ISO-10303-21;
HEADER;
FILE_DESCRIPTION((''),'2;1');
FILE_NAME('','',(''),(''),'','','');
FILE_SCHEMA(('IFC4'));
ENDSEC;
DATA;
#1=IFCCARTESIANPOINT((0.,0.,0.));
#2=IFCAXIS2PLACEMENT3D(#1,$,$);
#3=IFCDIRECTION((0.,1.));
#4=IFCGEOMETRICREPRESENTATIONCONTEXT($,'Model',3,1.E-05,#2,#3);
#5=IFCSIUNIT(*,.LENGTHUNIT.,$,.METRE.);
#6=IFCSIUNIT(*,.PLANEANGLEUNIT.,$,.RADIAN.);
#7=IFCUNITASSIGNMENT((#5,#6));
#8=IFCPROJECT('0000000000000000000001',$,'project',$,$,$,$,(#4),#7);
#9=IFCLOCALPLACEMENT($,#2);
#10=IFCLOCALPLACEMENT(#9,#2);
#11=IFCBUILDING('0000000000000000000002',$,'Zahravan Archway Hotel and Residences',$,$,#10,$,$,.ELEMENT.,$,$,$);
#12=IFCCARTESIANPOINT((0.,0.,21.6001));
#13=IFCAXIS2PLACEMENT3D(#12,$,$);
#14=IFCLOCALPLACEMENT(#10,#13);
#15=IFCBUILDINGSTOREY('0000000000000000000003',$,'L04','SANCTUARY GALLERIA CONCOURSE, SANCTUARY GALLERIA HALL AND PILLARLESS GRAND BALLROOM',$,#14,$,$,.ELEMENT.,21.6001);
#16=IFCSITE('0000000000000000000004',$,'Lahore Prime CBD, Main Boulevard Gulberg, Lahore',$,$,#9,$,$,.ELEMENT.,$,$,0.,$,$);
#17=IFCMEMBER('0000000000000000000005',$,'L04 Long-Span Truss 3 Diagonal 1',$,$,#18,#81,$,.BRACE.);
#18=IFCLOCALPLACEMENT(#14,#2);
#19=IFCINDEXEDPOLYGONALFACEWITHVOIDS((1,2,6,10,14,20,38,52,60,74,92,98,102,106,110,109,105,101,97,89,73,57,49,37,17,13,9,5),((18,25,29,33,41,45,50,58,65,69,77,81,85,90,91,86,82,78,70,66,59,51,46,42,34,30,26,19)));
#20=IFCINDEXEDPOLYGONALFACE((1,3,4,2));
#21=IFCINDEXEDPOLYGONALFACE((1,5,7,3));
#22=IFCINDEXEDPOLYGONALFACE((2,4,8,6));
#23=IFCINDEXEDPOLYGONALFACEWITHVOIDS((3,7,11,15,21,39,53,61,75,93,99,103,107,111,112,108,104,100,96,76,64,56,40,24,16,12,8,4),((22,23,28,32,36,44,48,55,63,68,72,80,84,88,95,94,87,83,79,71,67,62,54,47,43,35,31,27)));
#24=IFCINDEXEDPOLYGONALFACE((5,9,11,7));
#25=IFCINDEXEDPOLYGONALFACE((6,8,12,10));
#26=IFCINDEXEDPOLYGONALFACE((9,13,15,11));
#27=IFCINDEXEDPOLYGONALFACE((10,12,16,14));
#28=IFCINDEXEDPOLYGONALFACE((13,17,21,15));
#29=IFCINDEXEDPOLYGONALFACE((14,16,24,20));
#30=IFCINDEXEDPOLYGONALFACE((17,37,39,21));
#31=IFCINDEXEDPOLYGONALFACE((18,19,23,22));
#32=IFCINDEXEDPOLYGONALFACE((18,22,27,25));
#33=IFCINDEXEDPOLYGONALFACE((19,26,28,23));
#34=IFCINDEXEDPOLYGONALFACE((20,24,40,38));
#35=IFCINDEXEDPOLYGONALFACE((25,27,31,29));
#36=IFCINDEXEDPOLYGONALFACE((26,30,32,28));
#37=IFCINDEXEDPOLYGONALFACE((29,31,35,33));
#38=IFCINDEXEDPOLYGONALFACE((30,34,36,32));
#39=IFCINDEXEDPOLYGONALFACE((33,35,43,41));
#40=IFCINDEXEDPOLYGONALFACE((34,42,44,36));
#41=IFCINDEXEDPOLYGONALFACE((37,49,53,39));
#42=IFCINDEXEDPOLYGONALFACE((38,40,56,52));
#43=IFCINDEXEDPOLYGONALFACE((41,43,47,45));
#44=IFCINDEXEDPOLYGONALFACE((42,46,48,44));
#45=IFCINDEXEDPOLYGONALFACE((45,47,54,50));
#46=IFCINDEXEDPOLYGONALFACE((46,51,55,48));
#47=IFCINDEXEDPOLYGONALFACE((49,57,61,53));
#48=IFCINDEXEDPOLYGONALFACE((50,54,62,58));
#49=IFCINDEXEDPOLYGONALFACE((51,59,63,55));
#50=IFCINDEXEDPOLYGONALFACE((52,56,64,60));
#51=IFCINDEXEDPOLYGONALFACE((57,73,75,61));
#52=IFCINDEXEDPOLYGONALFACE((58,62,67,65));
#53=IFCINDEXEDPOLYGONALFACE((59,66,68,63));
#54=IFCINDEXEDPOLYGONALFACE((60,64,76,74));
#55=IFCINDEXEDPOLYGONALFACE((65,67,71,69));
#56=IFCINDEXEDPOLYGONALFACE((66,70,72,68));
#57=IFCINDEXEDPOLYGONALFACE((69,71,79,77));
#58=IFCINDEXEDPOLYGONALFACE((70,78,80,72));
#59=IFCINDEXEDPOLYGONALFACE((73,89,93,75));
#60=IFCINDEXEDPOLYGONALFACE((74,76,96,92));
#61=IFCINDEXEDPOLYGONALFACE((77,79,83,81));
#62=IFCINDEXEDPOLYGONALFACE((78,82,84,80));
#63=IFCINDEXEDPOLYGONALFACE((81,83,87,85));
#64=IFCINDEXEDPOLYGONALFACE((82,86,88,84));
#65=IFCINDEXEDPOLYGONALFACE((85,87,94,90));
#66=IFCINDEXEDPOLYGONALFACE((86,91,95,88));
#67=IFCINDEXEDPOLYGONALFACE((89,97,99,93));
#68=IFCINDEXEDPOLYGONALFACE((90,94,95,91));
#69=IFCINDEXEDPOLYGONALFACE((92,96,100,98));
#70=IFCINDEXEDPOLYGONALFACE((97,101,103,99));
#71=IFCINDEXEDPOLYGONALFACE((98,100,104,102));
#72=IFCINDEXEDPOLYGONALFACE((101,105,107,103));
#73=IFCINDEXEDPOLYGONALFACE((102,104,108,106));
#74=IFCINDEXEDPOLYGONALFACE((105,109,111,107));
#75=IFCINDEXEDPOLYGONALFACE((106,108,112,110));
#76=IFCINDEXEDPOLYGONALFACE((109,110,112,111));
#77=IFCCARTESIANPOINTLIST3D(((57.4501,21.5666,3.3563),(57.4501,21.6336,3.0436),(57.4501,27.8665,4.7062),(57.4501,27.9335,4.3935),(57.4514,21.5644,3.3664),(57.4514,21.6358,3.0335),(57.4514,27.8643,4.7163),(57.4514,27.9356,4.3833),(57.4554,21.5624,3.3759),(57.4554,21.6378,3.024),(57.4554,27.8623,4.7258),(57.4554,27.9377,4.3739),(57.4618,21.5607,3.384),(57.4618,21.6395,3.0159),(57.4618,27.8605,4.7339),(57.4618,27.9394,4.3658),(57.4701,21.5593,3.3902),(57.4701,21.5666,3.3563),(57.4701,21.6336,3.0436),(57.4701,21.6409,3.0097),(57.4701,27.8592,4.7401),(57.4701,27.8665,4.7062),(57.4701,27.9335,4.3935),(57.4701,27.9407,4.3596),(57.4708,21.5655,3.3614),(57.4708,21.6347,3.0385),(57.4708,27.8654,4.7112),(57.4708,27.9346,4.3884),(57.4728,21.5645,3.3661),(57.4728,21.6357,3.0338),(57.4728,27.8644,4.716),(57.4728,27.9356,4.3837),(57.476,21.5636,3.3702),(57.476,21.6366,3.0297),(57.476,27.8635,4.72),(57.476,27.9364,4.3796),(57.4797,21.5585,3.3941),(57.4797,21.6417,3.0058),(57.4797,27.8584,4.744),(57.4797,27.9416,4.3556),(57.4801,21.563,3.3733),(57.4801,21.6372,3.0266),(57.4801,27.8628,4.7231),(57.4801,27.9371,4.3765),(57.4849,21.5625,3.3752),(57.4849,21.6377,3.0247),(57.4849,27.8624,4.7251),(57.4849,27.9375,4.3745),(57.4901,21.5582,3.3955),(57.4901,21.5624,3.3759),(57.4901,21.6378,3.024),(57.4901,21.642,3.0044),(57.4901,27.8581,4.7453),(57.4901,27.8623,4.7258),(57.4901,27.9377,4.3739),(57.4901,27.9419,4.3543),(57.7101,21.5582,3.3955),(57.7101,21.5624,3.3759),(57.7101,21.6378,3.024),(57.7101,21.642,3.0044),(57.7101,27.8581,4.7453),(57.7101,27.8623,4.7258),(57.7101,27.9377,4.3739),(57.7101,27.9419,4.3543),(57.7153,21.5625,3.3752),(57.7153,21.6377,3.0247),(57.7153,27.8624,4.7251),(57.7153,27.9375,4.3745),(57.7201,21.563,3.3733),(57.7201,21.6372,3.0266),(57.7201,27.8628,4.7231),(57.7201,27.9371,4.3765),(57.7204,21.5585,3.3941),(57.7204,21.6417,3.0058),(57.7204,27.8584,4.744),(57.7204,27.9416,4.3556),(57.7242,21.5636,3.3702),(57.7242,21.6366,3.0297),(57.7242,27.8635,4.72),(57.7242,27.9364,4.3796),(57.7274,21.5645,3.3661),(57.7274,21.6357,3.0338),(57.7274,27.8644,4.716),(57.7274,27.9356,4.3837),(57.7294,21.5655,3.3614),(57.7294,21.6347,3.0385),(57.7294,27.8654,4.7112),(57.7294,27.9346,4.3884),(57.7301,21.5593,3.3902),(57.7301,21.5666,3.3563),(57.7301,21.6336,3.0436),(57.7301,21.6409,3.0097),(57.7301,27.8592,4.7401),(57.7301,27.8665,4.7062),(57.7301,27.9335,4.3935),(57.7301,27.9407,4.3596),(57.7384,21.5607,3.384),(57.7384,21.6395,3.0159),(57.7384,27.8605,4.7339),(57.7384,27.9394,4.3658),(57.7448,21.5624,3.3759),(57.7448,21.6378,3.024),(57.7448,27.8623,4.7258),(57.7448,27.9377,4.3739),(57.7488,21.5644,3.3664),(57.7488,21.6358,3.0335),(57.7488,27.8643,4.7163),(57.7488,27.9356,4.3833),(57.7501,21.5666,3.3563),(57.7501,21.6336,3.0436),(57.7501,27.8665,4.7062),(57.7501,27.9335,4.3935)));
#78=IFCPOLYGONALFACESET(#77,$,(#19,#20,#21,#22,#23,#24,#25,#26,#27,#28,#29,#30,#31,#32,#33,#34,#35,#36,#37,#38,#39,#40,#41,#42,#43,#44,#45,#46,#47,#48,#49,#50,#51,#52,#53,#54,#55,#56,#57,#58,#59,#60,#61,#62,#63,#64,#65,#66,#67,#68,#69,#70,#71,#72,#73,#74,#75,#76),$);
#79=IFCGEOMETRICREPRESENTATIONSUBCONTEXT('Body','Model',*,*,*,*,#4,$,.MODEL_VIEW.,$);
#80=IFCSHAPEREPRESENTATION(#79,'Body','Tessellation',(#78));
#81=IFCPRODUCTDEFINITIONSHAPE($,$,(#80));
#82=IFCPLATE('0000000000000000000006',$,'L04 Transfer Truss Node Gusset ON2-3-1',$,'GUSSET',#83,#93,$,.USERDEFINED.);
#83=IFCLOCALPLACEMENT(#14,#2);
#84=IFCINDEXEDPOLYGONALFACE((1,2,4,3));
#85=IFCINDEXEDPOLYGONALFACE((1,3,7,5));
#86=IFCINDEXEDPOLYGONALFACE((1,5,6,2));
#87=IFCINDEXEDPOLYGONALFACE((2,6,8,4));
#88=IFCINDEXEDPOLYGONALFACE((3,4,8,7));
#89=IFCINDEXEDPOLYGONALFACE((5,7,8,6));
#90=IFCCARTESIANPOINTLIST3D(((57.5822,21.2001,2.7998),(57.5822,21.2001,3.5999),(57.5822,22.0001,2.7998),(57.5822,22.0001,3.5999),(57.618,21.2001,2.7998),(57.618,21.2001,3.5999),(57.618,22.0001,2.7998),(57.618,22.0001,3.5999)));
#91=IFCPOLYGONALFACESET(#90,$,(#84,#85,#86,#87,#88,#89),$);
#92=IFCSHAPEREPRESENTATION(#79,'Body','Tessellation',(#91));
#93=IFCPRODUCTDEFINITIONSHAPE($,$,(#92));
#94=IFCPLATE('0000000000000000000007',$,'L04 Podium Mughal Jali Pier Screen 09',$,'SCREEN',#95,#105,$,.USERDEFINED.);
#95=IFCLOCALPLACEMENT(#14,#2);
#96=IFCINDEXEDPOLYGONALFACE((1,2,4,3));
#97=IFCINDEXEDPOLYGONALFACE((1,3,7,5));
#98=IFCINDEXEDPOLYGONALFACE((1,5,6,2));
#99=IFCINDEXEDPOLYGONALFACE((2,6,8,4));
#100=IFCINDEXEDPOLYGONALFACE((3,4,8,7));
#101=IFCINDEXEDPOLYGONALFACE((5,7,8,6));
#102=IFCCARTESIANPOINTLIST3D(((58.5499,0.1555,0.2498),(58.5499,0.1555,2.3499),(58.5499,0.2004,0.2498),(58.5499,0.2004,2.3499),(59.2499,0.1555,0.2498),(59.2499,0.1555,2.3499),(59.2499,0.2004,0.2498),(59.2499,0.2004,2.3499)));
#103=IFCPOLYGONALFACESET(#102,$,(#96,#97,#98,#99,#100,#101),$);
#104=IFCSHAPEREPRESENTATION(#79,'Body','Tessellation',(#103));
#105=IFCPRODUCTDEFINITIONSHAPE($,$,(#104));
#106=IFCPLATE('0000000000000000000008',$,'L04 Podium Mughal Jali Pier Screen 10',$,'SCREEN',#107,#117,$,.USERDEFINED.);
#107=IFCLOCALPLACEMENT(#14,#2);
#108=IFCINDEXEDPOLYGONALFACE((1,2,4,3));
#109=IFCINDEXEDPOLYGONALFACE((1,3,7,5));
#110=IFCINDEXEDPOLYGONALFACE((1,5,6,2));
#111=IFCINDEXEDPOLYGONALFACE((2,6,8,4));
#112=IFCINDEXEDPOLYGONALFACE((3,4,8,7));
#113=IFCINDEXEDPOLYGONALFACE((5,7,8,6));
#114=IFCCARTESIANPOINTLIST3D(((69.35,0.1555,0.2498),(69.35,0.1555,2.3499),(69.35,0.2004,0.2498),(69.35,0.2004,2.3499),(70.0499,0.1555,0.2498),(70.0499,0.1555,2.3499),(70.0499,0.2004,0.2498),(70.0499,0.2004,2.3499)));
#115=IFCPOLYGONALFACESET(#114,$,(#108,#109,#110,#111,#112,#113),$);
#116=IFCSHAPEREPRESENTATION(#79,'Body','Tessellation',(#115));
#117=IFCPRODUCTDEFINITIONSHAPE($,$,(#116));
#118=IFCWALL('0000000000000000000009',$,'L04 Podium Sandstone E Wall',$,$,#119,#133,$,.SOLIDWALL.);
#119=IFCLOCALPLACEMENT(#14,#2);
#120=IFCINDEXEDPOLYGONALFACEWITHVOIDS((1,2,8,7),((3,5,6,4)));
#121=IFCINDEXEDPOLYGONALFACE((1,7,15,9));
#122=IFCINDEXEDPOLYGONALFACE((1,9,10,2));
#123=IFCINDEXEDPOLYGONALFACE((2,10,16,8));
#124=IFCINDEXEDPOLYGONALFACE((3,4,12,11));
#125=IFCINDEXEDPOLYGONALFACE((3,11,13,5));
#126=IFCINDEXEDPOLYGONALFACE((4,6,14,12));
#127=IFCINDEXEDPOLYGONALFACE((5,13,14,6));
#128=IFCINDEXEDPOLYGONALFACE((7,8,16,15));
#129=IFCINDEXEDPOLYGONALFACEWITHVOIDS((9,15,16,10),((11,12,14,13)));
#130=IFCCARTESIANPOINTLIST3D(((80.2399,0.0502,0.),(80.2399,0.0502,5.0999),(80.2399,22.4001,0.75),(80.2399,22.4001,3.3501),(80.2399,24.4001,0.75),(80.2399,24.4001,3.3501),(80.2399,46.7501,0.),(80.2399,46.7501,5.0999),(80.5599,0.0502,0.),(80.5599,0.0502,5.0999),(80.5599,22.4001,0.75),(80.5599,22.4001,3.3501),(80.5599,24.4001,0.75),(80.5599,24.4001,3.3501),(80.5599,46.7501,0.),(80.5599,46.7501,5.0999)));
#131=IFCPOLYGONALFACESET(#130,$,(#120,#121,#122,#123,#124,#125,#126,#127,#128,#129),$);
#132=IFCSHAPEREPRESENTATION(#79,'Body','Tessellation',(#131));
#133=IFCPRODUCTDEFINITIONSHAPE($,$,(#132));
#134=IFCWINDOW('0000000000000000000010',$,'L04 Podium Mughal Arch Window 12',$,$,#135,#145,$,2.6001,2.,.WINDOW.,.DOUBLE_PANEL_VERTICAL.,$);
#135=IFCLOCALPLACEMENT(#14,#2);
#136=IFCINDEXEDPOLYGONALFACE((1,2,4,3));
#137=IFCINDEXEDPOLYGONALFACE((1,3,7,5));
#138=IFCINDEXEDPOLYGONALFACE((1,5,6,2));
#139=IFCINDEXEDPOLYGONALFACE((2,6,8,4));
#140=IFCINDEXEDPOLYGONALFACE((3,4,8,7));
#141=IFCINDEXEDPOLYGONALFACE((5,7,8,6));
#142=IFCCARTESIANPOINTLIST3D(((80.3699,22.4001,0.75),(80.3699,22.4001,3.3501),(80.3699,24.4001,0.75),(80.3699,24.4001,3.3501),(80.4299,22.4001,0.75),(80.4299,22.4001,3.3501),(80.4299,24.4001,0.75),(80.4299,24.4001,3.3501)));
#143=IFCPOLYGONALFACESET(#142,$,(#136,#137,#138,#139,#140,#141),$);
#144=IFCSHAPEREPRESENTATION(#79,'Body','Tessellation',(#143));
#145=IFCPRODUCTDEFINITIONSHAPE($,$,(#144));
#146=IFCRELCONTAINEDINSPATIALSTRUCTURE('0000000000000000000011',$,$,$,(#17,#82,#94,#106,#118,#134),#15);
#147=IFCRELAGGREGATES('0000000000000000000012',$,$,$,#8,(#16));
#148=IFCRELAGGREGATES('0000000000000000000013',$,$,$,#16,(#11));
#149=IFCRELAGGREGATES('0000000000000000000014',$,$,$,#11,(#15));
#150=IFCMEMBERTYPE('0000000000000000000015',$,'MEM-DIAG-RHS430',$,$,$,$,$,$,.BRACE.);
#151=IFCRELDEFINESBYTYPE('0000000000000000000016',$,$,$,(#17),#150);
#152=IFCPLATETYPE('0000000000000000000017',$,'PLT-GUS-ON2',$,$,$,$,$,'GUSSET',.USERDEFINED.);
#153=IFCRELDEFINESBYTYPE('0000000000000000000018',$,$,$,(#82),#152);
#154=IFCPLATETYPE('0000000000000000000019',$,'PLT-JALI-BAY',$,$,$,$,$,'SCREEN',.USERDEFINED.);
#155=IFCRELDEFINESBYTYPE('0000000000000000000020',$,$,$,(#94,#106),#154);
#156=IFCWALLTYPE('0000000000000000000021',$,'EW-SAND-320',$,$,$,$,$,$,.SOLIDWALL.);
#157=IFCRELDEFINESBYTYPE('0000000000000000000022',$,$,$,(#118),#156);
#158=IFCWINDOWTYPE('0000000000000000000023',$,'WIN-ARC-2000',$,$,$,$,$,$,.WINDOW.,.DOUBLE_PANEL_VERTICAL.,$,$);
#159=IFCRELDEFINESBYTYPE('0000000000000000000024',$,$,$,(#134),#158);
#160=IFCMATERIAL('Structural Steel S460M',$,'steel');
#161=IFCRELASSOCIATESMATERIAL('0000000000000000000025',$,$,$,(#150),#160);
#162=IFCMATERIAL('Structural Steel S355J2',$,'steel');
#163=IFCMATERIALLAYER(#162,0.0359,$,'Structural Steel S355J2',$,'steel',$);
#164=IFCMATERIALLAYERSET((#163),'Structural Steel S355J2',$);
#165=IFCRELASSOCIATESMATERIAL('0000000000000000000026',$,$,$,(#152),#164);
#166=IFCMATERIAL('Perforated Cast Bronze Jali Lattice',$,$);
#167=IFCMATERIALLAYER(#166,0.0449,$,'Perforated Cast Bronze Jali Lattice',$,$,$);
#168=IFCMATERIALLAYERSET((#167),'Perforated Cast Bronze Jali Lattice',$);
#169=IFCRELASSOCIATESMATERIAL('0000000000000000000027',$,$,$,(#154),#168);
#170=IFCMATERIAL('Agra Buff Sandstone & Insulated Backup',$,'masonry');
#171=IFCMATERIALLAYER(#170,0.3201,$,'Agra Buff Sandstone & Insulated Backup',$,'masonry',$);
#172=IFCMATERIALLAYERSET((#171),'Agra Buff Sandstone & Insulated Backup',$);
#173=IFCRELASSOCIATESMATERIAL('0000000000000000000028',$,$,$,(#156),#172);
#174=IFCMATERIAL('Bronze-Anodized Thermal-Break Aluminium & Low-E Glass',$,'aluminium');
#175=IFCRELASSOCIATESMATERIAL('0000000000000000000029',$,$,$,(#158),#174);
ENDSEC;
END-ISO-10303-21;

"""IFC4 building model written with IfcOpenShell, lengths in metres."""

from ifc_helpers import new_model, si_unit, direction, frame, frame_2d, origin, origin_2d, place, context, subcontext, project, spatial, rectangle, hollow_rectangle, extrude, source, transform, mapped, material, layer, layer_set, material_profile, profile_set, type_object, type_shapes, element, fill, save


model = new_model("IFC4")

# Units and contexts
model_context = context("Model", 3, precision=1e-05, world=origin(), true_north=direction((0.0, 1.0)))
body_context = subcontext(model_context, "Body", "Model", "MODEL_VIEW")
ifc_project = project(units=[si_unit("LENGTHUNIT", "METRE"), si_unit("PLANEANGLEUNIT", "RADIAN")], contexts=[model_context])

# Site, building, storey
site_placement = place(None, origin())
site = spatial("IfcSite", under=ifc_project, at=site_placement, Name="Lahore Prime CBD, Main Boulevard Gulberg, Lahore", CompositionType="ELEMENT", RefElevation=0.0)
building_placement = place(site_placement, origin())
building = spatial("IfcBuilding", under=site, at=building_placement, Name="Zahravan Archway Hotel and Residences", CompositionType="ELEMENT")
storey_placement = place(building_placement, frame((0.0, 0.0, 21.6001)))
storey = spatial("IfcBuildingStorey", under=building, at=storey_placement, Name="L04", Description="SANCTUARY GALLERIA CONCOURSE, SANCTUARY GALLERIA HALL AND PILLARLESS GRAND BALLROOM", CompositionType="ELEMENT", Elevation=21.6001)

# Shared definitions
ifc_material_1 = material(Name="Structural Steel S355J2", Category="steel")

# Member
ifc_material_2 = material(Name="Structural Steel S460M", Category="steel")
ifc_material_profile_1 = material_profile(ifc_material_2, hollow_rectangle(XDim=0.3, YDim=0.3999, WallThickness=0.02, InnerFilletRadius=0.02, OuterFilletRadius=0.04, at=origin_2d()), Name="RHS 400x300x20", Category="steel")
ifc_profile_set_1 = profile_set([ifc_material_profile_1], Name="Structural Steel S460M")
member_type_1 = type_object("IfcMemberType", Name="MEM-DIAG-RHS430", PredefinedType="BRACE", material=ifc_profile_set_1)
shared_shape_1 = source(origin(), body_context, "Body", "SweptSolid", [
    extrude(hollow_rectangle(XDim=0.3, YDim=0.3999, WallThickness=0.02, InnerFilletRadius=0.02, OuterFilletRadius=0.04, at=origin_2d()), origin(), (0.0, 0.0, 1.0), 6.4429),
])
type_shapes(member_type_1, [shared_shape_1])
member_placement = place(storey_placement, frame((57.6001, 21.6001, 3.2), z_axis=(0.0, 0.977806, 0.209514), x_axis=(-1.0, 0.0, 0.0)))
element("IfcMember", 1, at=member_placement, inside=storey, type_object=member_type_1, Name="L04 Long-Span Truss 3 Diagonal 1", PredefinedType="BRACE", context=body_context, shape_type="MappedRepresentation", body=[
    mapped(shared_shape_1, transform((0.0, 0.0, 0.0), scale=1.0)),
])

# Plates
ifc_layer_1 = layer(ifc_material_1, 0.0359, Name="Structural Steel S355J2", Category="steel")
ifc_layer_set_1 = layer_set([ifc_layer_1], Name="Structural Steel S355J2")
plate_type_1 = type_object("IfcPlateType", Name="PLT-GUS-ON2", ElementType="GUSSET", PredefinedType="USERDEFINED", material=ifc_layer_set_1)
shared_shape_2 = source(origin(), body_context, "Body", "SweptSolid", [
    extrude(rectangle(XDim=0.8, YDim=0.0359, at=origin_2d()), origin(), (0.0, 0.0, 1.0), 0.8),
])
type_shapes(plate_type_1, [shared_shape_2])
plate_placement = place(storey_placement, frame((57.6001, 21.6001, 2.7998), z_axis=(0.0, 0.0, 1.0), x_axis=(0.0, 1.0, 0.0)))
element("IfcPlate", 2, at=plate_placement, inside=storey, type_object=plate_type_1, Name="L04 Transfer Truss Node Gusset ON2-3-1", ObjectType="GUSSET", PredefinedType="USERDEFINED", context=body_context, shape_type="MappedRepresentation", body=[
    mapped(shared_shape_2, transform((0.0, 0.0, 0.0), scale=1.0)),
])
ifc_material_3 = material(Name="Perforated Cast Bronze Jali Lattice")
ifc_layer_2 = layer(ifc_material_3, 0.0449, Name="Perforated Cast Bronze Jali Lattice")
ifc_layer_set_2 = layer_set([ifc_layer_2], Name="Perforated Cast Bronze Jali Lattice")
plate_type_2 = type_object("IfcPlateType", Name="PLT-JALI-BAY", ElementType="SCREEN", PredefinedType="USERDEFINED", material=ifc_layer_set_2)
shared_shape_3 = source(origin(), body_context, "Body", "SweptSolid", [
    extrude(rectangle(XDim=0.7, YDim=0.0449, at=origin_2d()), origin(), (0.0, 0.0, 1.0), 2.1001),
])
type_shapes(plate_type_2, [shared_shape_3])
for number, where, z_axis, x_axis, name in (
    (3, (58.8999, 0.178, 0.2498), (0.0, 0.0, 1.0), (1.0, 0.0, 0.0), "L04 Podium Mughal Jali Pier Screen 09"),
    (4, (69.7, 0.178, 0.2498), (0.0, 0.0, 1.0), (1.0, 0.0, 0.0), "L04 Podium Mughal Jali Pier Screen 10"),
):
    element("IfcPlate", number, at=place(storey_placement, frame(where, z_axis=z_axis, x_axis=x_axis)), inside=storey, type_object=plate_type_2, Name=name, ObjectType="SCREEN", PredefinedType="USERDEFINED", context=body_context, shape_type="MappedRepresentation", body=[
        mapped(shared_shape_3, transform((0.0, 0.0, 0.0), scale=1.0)),
    ])

# Wall, opening, window
ifc_material_4 = material(Name="Agra Buff Sandstone & Insulated Backup", Category="masonry")
ifc_layer_3 = layer(ifc_material_4, 0.3201, Name="Agra Buff Sandstone & Insulated Backup", Category="masonry")
ifc_layer_set_3 = layer_set([ifc_layer_3], Name="Agra Buff Sandstone & Insulated Backup")
wall_type_1 = type_object("IfcWallType", Name="EW-SAND-320", PredefinedType="SOLIDWALL", material=ifc_layer_set_3)
wall_1_placement = place(storey_placement, frame((80.3999, 0.05, 0.0), z_axis=(0.0, 0.0, 1.0), x_axis=(0.0, 1.0, 0.0)))
wall_1 = element("IfcWall", 5, at=wall_1_placement, inside=storey, type_object=wall_type_1, Name="L04 Podium Sandstone E Wall", PredefinedType="SOLIDWALL", context=body_context, shape_type="SweptSolid", body=[
    extrude(rectangle(XDim=46.7, YDim=0.3201, at=frame_2d((23.3501, 0.0))), origin(), (0.0, 0.0, 1.0), 5.0999),
])
opening_1_placement = place(wall_1_placement, frame((22.3501, 0.0, 0.75)))
opening_1 = element("IfcOpeningElement", 6, at=opening_1_placement, cuts=wall_1, PredefinedType="OPENING", context=body_context, shape_type="SweptSolid", body=[
    extrude(rectangle(XDim=2.0, YDim=2.6001, at=frame_2d((1.0, 1.3))), frame((0.0, 0.1699, 0.0), z_axis=(0.0, -1.0, 0.0), x_axis=(1.0, 0.0, 0.0)), (0.0, 0.0, 1.0), 0.3401),
])
ifc_material_5 = material(Name="Bronze-Anodized Thermal-Break Aluminium & Low-E Glass", Category="aluminium")
window_type = type_object("IfcWindowType", Name="WIN-ARC-2000", PartitioningType="DOUBLE_PANEL_VERTICAL", PredefinedType="WINDOW", material=ifc_material_5)
shared_shape_4 = source(origin(), body_context, "Body", "SweptSolid", [
    extrude(rectangle(XDim=2.0, YDim=2.6001, at=frame_2d((1.0, 1.3))), frame((0.0, 0.03, 0.0), z_axis=(0.0, -1.0, 0.0), x_axis=(1.0, 0.0, 0.0)), (0.0, 0.0, 1.0), 0.0601),
])
type_shapes(window_type, [shared_shape_4])
window_placement = place(opening_1_placement, origin())
window = element("IfcWindow", 7, at=window_placement, inside=storey, type_object=window_type, Name="L04 Podium Mughal Arch Window 12", OverallHeight=2.6001, OverallWidth=2.0, PartitioningType="DOUBLE_PANEL_VERTICAL", PredefinedType="WINDOW", context=body_context, shape_type="MappedRepresentation", body=[
    mapped(shared_shape_4, transform((0.0, 0.0, 0.0), scale=1.0)),
])
fill(opening_1, window)

save(model, "model.ifc")
